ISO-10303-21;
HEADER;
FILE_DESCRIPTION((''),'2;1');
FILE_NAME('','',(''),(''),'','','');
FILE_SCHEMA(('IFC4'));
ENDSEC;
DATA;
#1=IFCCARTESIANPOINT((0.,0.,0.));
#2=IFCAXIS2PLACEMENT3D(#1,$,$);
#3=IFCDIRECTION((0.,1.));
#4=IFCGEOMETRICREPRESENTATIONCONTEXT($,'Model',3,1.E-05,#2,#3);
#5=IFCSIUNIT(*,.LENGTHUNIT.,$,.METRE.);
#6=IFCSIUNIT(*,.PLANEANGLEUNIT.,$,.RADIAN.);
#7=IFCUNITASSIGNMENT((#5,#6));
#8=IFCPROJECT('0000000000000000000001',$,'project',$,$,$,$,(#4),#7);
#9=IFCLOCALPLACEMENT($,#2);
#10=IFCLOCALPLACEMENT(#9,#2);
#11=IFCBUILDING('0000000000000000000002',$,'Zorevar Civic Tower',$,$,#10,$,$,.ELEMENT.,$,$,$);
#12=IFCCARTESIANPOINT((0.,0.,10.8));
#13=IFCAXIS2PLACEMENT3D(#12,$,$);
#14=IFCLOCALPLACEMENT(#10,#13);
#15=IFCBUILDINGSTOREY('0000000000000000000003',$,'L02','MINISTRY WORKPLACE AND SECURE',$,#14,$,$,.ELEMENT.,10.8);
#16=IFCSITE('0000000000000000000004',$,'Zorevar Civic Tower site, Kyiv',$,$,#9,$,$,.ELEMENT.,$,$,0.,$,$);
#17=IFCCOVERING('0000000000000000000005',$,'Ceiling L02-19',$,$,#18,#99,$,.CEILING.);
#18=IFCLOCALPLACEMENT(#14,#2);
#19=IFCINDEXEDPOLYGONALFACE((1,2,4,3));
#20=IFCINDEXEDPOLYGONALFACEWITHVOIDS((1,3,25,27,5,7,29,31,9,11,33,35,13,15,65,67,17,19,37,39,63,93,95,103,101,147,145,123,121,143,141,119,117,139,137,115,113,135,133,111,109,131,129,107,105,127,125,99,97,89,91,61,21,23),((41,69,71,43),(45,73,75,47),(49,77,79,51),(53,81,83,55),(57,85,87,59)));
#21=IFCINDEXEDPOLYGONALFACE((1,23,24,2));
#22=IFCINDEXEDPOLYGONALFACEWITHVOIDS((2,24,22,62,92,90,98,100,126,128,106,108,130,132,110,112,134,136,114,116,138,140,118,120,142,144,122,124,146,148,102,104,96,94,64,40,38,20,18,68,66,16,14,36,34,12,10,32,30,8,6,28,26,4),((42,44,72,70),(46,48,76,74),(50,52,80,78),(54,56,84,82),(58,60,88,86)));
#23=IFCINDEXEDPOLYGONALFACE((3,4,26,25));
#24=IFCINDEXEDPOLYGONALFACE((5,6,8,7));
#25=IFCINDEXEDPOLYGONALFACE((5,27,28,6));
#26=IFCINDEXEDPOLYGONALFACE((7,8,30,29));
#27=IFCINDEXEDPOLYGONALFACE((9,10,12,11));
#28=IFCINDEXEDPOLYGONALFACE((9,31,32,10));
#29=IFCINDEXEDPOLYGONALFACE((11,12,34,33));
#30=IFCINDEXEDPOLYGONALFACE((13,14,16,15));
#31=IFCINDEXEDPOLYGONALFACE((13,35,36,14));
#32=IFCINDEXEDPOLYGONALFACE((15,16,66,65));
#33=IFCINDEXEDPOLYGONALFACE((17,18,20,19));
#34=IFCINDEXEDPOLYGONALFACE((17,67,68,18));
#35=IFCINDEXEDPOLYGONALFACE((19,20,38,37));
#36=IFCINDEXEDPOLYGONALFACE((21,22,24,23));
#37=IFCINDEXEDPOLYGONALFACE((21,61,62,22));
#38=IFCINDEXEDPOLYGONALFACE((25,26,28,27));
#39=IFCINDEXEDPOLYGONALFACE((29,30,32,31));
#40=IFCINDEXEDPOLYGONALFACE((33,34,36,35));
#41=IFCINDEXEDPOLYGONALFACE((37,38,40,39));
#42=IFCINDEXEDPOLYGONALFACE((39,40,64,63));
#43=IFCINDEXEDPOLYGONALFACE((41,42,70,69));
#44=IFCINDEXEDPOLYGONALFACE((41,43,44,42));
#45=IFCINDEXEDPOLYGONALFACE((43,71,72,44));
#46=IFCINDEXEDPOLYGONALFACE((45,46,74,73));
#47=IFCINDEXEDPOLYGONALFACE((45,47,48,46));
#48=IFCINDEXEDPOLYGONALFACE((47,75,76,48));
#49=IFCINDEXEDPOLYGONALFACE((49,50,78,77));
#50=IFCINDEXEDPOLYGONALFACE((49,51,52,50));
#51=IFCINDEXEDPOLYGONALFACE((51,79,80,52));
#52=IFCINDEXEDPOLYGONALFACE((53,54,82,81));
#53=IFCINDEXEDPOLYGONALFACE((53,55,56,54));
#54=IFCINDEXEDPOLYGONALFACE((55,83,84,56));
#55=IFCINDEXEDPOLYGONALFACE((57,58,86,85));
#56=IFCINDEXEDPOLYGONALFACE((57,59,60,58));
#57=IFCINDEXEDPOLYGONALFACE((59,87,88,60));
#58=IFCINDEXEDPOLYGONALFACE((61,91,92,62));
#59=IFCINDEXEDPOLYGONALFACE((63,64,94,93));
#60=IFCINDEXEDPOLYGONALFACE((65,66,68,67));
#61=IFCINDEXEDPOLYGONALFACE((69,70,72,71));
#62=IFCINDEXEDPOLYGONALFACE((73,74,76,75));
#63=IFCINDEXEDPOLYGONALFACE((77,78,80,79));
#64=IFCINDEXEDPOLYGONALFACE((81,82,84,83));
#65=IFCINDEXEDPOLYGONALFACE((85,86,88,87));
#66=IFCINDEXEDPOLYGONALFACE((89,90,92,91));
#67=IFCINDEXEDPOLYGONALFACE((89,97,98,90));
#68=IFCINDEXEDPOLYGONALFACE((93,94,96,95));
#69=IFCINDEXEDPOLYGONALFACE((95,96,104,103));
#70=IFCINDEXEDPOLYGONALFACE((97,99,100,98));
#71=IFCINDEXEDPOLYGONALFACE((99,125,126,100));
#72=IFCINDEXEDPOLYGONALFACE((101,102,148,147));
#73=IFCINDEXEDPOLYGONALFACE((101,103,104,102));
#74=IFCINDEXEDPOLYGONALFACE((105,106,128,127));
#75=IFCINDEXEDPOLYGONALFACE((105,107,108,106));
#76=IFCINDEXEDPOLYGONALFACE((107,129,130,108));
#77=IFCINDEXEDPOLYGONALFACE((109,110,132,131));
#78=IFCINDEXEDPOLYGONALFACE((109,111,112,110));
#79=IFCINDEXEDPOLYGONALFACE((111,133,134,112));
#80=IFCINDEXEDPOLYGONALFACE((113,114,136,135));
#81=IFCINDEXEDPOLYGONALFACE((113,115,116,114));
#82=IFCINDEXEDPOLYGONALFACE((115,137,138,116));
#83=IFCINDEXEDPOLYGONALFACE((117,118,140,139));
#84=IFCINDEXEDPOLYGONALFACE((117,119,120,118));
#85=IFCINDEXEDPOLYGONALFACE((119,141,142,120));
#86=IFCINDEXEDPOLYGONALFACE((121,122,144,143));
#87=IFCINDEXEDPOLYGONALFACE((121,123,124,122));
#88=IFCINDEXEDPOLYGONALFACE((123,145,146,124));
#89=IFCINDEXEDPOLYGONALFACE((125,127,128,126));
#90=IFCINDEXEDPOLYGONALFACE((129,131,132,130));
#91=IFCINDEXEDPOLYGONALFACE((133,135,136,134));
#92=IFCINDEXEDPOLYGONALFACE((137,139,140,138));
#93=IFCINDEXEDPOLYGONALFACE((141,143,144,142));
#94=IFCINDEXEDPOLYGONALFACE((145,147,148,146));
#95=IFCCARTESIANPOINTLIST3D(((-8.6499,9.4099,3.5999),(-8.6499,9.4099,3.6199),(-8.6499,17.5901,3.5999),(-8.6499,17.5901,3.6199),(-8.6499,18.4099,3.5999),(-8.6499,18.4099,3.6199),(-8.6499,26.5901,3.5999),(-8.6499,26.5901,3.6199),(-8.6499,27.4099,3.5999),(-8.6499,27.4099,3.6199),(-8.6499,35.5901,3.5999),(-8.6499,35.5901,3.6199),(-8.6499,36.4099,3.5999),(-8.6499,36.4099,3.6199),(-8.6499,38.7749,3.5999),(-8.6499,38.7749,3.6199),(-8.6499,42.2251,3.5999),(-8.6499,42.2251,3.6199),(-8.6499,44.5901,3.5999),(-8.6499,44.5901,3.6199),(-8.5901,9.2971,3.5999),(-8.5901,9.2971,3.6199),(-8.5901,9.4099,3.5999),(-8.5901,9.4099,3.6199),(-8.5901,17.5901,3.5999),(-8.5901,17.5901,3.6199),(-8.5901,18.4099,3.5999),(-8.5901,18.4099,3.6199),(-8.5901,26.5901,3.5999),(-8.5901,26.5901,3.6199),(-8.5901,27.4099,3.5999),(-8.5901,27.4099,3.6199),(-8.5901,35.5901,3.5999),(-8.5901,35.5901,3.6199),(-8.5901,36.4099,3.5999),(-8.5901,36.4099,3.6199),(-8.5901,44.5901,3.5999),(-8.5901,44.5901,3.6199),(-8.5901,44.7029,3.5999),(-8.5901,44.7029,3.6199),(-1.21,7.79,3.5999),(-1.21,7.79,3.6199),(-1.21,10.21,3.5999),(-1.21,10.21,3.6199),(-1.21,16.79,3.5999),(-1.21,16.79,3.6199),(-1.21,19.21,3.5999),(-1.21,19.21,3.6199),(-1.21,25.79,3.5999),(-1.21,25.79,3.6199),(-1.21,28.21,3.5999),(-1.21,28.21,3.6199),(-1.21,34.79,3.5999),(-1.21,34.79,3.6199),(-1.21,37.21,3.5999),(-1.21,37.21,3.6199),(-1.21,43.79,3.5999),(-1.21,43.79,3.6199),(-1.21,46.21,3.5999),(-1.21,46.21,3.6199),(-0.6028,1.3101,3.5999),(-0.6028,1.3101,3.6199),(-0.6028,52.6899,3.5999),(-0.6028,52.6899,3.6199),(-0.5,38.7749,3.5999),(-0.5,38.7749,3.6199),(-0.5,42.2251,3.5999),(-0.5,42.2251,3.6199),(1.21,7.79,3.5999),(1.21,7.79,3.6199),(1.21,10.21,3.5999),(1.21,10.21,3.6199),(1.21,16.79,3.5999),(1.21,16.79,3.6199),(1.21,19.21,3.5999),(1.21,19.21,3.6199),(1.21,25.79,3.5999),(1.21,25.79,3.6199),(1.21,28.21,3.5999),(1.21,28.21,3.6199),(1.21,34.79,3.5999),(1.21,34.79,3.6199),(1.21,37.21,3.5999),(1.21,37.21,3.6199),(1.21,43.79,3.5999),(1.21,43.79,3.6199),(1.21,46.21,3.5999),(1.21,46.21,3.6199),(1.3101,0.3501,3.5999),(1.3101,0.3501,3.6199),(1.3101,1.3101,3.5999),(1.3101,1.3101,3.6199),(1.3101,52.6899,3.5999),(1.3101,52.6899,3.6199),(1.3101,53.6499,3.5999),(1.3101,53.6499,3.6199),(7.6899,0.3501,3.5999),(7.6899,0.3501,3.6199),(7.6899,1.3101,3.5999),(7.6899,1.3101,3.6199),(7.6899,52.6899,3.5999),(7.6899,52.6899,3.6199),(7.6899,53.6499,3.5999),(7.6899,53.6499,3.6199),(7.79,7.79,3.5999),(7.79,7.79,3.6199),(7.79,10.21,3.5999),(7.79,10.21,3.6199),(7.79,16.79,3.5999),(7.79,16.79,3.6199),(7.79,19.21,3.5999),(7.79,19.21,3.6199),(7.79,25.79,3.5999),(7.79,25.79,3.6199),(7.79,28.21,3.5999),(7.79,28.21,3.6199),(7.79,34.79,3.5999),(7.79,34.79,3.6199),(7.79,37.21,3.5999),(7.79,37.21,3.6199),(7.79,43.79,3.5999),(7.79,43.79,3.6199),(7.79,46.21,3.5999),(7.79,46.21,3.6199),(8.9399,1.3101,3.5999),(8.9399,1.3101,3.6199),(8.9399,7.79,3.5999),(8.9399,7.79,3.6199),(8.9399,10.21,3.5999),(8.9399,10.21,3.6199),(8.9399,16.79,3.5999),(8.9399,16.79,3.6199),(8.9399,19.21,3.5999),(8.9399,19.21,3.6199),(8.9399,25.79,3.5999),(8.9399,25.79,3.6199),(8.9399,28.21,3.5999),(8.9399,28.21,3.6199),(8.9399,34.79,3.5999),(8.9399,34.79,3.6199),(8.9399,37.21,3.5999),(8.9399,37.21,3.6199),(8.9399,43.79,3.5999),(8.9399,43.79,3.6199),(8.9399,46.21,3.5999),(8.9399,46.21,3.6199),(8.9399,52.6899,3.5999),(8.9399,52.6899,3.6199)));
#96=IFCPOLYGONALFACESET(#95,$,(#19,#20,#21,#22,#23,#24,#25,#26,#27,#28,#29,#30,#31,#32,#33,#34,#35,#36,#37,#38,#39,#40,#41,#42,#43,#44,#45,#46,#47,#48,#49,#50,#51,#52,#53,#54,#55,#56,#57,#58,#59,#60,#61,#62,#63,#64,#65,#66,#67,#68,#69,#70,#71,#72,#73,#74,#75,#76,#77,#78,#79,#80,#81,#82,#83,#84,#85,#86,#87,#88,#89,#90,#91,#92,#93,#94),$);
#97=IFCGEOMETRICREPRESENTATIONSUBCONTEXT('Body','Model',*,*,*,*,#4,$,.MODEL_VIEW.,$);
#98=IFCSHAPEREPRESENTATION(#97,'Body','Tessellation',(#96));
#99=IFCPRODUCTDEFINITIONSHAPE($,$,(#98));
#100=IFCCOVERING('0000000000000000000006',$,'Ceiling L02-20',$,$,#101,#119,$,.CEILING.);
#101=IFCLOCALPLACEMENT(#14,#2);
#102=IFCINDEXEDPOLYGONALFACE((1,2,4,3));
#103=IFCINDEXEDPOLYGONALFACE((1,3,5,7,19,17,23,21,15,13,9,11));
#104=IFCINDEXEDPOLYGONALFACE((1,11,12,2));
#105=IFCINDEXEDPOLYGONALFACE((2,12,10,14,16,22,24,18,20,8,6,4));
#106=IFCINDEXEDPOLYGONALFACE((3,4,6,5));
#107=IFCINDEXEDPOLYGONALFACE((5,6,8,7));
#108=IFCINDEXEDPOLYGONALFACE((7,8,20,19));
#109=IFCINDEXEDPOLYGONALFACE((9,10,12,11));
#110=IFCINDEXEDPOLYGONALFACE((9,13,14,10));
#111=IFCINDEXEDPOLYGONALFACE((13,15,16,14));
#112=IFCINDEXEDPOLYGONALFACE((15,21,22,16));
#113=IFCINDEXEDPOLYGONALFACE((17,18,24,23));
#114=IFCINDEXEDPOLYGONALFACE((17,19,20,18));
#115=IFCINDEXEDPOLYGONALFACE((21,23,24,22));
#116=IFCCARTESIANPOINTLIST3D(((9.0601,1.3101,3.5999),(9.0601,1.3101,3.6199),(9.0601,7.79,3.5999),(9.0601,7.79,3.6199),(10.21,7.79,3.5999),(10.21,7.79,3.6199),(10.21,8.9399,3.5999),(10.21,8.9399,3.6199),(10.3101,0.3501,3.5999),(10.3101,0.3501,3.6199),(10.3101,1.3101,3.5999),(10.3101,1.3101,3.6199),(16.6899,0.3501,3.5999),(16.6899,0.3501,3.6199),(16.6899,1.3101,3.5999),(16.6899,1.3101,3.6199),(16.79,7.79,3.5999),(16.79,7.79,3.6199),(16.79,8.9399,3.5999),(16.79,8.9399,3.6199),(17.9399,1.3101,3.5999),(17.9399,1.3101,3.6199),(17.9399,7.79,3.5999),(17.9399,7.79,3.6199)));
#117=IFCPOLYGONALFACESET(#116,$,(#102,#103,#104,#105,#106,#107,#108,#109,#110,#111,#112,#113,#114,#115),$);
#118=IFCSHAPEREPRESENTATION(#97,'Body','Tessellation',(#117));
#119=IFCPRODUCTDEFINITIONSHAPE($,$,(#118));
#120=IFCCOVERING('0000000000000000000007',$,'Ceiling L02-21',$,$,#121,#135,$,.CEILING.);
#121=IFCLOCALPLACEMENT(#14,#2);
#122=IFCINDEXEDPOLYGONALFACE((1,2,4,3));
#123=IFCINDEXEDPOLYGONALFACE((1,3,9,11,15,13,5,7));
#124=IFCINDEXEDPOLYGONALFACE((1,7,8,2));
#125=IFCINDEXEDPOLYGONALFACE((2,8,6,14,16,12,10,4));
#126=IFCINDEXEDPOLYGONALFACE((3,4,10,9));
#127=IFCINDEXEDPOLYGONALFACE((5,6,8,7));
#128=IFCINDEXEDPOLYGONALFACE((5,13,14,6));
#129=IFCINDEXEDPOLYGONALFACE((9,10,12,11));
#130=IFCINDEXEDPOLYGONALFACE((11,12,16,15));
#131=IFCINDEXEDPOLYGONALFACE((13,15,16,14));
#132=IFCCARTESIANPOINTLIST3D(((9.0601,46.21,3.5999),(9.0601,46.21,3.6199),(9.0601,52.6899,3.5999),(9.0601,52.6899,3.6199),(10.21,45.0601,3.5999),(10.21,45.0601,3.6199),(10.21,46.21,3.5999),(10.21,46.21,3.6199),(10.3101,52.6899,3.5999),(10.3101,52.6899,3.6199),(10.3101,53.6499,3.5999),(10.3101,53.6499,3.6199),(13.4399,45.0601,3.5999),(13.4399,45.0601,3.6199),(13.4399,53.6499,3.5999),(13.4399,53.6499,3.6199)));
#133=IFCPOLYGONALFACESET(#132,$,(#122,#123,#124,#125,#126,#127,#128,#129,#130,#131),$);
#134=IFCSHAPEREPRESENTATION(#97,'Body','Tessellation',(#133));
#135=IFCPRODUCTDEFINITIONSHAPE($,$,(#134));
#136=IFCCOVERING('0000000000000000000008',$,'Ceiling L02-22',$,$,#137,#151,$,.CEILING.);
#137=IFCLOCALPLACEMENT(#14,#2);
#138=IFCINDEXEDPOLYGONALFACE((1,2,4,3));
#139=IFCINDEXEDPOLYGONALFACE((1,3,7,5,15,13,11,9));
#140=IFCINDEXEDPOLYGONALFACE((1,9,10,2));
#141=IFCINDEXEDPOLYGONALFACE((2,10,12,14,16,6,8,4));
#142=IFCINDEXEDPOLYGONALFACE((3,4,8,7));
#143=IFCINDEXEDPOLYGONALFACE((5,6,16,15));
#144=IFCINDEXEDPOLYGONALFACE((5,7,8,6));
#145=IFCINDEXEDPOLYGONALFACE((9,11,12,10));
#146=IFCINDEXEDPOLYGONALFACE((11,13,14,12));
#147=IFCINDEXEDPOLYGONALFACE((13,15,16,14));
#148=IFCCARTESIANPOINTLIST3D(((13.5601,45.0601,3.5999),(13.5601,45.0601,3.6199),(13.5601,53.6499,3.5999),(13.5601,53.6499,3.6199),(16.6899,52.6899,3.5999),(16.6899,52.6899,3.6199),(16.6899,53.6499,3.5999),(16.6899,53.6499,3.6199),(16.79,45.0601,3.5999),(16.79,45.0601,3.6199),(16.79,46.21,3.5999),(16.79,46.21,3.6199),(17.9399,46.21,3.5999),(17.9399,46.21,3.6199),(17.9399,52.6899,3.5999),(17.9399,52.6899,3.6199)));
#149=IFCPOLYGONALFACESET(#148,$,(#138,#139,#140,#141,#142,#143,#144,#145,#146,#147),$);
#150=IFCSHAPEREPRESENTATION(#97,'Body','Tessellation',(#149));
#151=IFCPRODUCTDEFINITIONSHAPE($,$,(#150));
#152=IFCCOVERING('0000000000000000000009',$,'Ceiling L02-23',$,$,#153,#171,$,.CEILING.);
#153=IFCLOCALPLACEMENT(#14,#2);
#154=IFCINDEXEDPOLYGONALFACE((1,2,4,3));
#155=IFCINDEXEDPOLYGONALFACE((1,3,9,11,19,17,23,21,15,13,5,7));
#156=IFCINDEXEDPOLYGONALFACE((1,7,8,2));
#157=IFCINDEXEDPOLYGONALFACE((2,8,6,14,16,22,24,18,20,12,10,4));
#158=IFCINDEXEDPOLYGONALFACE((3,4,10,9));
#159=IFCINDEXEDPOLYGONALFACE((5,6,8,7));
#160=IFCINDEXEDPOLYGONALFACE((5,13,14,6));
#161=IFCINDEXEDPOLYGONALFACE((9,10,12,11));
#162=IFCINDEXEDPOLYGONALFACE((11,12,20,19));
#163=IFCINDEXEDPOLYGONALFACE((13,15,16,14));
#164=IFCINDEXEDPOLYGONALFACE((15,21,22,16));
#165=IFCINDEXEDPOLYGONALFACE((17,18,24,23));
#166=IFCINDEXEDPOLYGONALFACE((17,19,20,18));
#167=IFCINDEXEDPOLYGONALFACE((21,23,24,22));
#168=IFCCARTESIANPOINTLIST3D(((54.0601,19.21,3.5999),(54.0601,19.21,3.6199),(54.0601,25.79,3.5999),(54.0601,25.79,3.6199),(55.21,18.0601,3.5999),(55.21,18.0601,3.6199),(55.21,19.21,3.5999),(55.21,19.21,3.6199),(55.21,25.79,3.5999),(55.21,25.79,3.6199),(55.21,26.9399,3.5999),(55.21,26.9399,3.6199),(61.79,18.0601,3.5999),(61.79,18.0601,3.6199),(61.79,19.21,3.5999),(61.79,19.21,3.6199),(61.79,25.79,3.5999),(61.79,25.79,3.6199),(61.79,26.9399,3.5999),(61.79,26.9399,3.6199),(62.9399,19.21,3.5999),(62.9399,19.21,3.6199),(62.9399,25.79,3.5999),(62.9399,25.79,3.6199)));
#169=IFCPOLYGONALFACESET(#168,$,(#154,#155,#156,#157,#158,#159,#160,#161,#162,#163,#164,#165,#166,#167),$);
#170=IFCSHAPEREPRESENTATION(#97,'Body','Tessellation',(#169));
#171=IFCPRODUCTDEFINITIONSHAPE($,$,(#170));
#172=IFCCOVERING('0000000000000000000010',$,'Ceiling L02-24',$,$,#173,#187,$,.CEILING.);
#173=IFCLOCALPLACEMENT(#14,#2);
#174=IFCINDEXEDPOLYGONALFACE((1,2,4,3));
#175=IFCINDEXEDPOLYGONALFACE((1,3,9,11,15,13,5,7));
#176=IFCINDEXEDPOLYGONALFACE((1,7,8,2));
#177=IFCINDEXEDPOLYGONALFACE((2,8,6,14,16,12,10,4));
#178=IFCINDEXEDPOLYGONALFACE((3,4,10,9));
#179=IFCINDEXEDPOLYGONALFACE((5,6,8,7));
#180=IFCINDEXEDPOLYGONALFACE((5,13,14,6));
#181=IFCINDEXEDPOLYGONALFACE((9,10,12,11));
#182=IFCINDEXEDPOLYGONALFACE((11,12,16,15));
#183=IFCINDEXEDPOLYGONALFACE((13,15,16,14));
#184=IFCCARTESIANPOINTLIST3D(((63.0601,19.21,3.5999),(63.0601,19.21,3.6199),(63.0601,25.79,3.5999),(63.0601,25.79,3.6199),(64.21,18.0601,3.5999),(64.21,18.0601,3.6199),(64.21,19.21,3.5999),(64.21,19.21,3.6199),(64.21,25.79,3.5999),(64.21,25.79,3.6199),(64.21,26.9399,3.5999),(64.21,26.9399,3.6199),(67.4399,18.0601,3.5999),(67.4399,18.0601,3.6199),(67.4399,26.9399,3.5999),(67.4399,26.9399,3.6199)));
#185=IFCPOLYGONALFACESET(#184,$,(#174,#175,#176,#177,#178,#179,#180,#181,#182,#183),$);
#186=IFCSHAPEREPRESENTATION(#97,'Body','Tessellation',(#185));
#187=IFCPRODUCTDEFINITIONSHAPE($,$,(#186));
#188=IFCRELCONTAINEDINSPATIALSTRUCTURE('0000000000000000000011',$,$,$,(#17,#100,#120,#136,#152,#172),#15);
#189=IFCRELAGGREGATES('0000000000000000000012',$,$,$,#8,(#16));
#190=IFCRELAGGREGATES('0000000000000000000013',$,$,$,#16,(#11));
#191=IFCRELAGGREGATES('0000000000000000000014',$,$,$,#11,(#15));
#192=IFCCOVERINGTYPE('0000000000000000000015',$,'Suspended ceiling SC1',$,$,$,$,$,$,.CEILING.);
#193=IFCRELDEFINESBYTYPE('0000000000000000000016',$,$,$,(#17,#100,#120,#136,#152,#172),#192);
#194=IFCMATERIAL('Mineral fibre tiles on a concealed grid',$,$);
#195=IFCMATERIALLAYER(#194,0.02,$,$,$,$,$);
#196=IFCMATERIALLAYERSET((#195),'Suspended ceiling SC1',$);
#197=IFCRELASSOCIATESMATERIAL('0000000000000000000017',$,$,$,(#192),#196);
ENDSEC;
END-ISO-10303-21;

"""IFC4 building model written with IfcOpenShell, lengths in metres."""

from ifc_helpers import new_model, si_unit, direction, frame, origin, place, context, subcontext, project, spatial, polyline, outline, extrude, material, layer, layer_set, type_object, element, save


model = new_model("IFC4")

# Units and contexts
model_context = context("Model", 3, precision=1e-05, world=origin(), true_north=direction((0.0, 1.0)))
body_context = subcontext(model_context, "Body", "Model", "MODEL_VIEW")
ifc_project = project(units=[si_unit("LENGTHUNIT", "METRE"), si_unit("PLANEANGLEUNIT", "RADIAN")], contexts=[model_context])

# Site, building, storey
site_placement = place(None, origin())
site = spatial("IfcSite", under=ifc_project, at=site_placement, Name="Zorevar Civic Tower site, Kyiv", CompositionType="ELEMENT", RefElevation=0.0)
building_placement = place(site_placement, origin())
building = spatial("IfcBuilding", under=site, at=building_placement, Name="Zorevar Civic Tower", CompositionType="ELEMENT")
storey_placement = place(building_placement, frame((0.0, 0.0, 10.8)))
storey = spatial("IfcBuildingStorey", under=building, at=storey_placement, Name="L02", Description="MINISTRY WORKPLACE AND SECURE", CompositionType="ELEMENT", Elevation=10.8)

# Coverings
ifc_material_1 = material(Name="Mineral fibre tiles on a concealed grid")
ifc_layer_1 = layer(ifc_material_1, 0.02)
ifc_layer_set_1 = layer_set([ifc_layer_1], Name="Suspended ceiling SC1")
covering_type_1 = type_object("IfcCoveringType", Name="Suspended ceiling SC1", PredefinedType="CEILING", material=ifc_layer_set_1)
covering_1_placement = place(storey_placement, frame((0.0, 0.0, 3.5999)))
element("IfcCovering", 1, at=covering_1_placement, inside=storey, type_object=covering_type_1, Name="Ceiling L02-19", PredefinedType="CEILING", context=body_context, shape_type="SweptSolid", body=[
    extrude(outline(polyline([(1.3101, 53.6499), (7.6899, 53.6499), (7.6899, 52.6899), (8.9399, 52.6899), (8.9399, 46.21), (7.79, 46.21), (7.79, 43.79), (8.9399, 43.79), (8.9399, 37.21), (7.79, 37.21), (7.79, 34.79), (8.9399, 34.79), (8.9399, 28.21), (7.79, 28.21), (7.79, 25.79), (8.9399, 25.79), (8.9399, 19.21), (7.79, 19.21), (7.79, 16.79), (8.9399, 16.79), (8.9399, 10.21), (7.79, 10.21), (7.79, 7.79), (8.9399, 7.79), (8.9399, 1.3101), (7.6899, 1.3101), (7.6899, 0.3501), (1.3101, 0.3501), (1.3101, 1.3101), (-0.6028, 1.3101), (-8.5901, 9.2971), (-8.5901, 9.4099), (-8.6499, 9.4099), (-8.6499, 17.5901), (-8.5901, 17.5901), (-8.5901, 18.4099), (-8.6499, 18.4099), (-8.6499, 26.5901), (-8.5901, 26.5901), (-8.5901, 27.4099), (-8.6499, 27.4099), (-8.6499, 35.5901), (-8.5901, 35.5901), (-8.5901, 36.4099), (-8.6499, 36.4099), (-8.6499, 38.7749), (-0.5, 38.7749), (-0.5, 42.2251), (-8.6499, 42.2251), (-8.6499, 44.5901), (-8.5901, 44.5901), (-8.5901, 44.7029), (-0.6028, 52.6899), (1.3101, 52.6899), (1.3101, 53.6499)]), holes=[polyline([(-1.21, 7.79), (1.21, 7.79), (1.21, 10.21), (-1.21, 10.21), (-1.21, 7.79)]), polyline([(-1.21, 19.21), (-1.21, 16.79), (1.21, 16.79), (1.21, 19.21), (-1.21, 19.21)]), polyline([(1.21, 28.21), (-1.21, 28.21), (-1.21, 25.79), (1.21, 25.79), (1.21, 28.21)]), polyline([(1.21, 34.79), (1.21, 37.21), (-1.21, 37.21), (-1.21, 34.79), (1.21, 34.79)]), polyline([(-1.21, 43.79), (1.21, 43.79), (1.21, 46.21), (-1.21, 46.21), (-1.21, 43.79)])]), origin(), (0.0, 0.0, 1.0), 0.02),
])
covering_2_placement = place(storey_placement, frame((0.0, 0.0, 3.5999)))
element("IfcCovering", 2, at=covering_2_placement, inside=storey, type_object=covering_type_1, Name="Ceiling L02-20", PredefinedType="CEILING", context=body_context, shape_type="SweptSolid", body=[
    extrude(outline(polyline([(17.9399, 1.3101), (16.6899, 1.3101), (16.6899, 0.3501), (10.3101, 0.3501), (10.3101, 1.3101), (9.0601, 1.3101), (9.0601, 7.79), (10.21, 7.79), (10.21, 8.9399), (16.79, 8.9399), (16.79, 7.79), (17.9399, 7.79), (17.9399, 1.3101)])), origin(), (0.0, 0.0, 1.0), 0.02),
])
covering_3_placement = place(storey_placement, frame((0.0, 0.0, 3.5999)))
element("IfcCovering", 3, at=covering_3_placement, inside=storey, type_object=covering_type_1, Name="Ceiling L02-21", PredefinedType="CEILING", context=body_context, shape_type="SweptSolid", body=[
    extrude(outline(polyline([(13.4399, 53.6499), (13.4399, 45.0601), (10.21, 45.0601), (10.21, 46.21), (9.0601, 46.21), (9.0601, 52.6899), (10.3101, 52.6899), (10.3101, 53.6499), (13.4399, 53.6499)])), origin(), (0.0, 0.0, 1.0), 0.02),
])
covering_4_placement = place(storey_placement, frame((0.0, 0.0, 3.5999)))
element("IfcCovering", 4, at=covering_4_placement, inside=storey, type_object=covering_type_1, Name="Ceiling L02-22", PredefinedType="CEILING", context=body_context, shape_type="SweptSolid", body=[
    extrude(outline(polyline([(17.9399, 46.21), (16.79, 46.21), (16.79, 45.0601), (13.5601, 45.0601), (13.5601, 53.6499), (16.6899, 53.6499), (16.6899, 52.6899), (17.9399, 52.6899), (17.9399, 46.21)])), origin(), (0.0, 0.0, 1.0), 0.02),
])
covering_5_placement = place(storey_placement, frame((0.0, 0.0, 3.5999)))
element("IfcCovering", 5, at=covering_5_placement, inside=storey, type_object=covering_type_1, Name="Ceiling L02-23", PredefinedType="CEILING", context=body_context, shape_type="SweptSolid", body=[
    extrude(outline(polyline([(62.9399, 19.21), (61.79, 19.21), (61.79, 18.0601), (55.21, 18.0601), (55.21, 19.21), (54.0601, 19.21), (54.0601, 25.79), (55.21, 25.79), (55.21, 26.9399), (61.79, 26.9399), (61.79, 25.79), (62.9399, 25.79), (62.9399, 19.21)])), origin(), (0.0, 0.0, 1.0), 0.02),
])
covering_6_placement = place(storey_placement, frame((0.0, 0.0, 3.5999)))
element("IfcCovering", 6, at=covering_6_placement, inside=storey, type_object=covering_type_1, Name="Ceiling L02-24", PredefinedType="CEILING", context=body_context, shape_type="SweptSolid", body=[
    extrude(outline(polyline([(64.21, 19.21), (63.0601, 19.21), (63.0601, 25.79), (64.21, 25.79), (64.21, 26.9399), (67.4399, 26.9399), (67.4399, 18.0601), (64.21, 18.0601), (64.21, 19.21)])), origin(), (0.0, 0.0, 1.0), 0.02),
])

save(model, "model.ifc")
